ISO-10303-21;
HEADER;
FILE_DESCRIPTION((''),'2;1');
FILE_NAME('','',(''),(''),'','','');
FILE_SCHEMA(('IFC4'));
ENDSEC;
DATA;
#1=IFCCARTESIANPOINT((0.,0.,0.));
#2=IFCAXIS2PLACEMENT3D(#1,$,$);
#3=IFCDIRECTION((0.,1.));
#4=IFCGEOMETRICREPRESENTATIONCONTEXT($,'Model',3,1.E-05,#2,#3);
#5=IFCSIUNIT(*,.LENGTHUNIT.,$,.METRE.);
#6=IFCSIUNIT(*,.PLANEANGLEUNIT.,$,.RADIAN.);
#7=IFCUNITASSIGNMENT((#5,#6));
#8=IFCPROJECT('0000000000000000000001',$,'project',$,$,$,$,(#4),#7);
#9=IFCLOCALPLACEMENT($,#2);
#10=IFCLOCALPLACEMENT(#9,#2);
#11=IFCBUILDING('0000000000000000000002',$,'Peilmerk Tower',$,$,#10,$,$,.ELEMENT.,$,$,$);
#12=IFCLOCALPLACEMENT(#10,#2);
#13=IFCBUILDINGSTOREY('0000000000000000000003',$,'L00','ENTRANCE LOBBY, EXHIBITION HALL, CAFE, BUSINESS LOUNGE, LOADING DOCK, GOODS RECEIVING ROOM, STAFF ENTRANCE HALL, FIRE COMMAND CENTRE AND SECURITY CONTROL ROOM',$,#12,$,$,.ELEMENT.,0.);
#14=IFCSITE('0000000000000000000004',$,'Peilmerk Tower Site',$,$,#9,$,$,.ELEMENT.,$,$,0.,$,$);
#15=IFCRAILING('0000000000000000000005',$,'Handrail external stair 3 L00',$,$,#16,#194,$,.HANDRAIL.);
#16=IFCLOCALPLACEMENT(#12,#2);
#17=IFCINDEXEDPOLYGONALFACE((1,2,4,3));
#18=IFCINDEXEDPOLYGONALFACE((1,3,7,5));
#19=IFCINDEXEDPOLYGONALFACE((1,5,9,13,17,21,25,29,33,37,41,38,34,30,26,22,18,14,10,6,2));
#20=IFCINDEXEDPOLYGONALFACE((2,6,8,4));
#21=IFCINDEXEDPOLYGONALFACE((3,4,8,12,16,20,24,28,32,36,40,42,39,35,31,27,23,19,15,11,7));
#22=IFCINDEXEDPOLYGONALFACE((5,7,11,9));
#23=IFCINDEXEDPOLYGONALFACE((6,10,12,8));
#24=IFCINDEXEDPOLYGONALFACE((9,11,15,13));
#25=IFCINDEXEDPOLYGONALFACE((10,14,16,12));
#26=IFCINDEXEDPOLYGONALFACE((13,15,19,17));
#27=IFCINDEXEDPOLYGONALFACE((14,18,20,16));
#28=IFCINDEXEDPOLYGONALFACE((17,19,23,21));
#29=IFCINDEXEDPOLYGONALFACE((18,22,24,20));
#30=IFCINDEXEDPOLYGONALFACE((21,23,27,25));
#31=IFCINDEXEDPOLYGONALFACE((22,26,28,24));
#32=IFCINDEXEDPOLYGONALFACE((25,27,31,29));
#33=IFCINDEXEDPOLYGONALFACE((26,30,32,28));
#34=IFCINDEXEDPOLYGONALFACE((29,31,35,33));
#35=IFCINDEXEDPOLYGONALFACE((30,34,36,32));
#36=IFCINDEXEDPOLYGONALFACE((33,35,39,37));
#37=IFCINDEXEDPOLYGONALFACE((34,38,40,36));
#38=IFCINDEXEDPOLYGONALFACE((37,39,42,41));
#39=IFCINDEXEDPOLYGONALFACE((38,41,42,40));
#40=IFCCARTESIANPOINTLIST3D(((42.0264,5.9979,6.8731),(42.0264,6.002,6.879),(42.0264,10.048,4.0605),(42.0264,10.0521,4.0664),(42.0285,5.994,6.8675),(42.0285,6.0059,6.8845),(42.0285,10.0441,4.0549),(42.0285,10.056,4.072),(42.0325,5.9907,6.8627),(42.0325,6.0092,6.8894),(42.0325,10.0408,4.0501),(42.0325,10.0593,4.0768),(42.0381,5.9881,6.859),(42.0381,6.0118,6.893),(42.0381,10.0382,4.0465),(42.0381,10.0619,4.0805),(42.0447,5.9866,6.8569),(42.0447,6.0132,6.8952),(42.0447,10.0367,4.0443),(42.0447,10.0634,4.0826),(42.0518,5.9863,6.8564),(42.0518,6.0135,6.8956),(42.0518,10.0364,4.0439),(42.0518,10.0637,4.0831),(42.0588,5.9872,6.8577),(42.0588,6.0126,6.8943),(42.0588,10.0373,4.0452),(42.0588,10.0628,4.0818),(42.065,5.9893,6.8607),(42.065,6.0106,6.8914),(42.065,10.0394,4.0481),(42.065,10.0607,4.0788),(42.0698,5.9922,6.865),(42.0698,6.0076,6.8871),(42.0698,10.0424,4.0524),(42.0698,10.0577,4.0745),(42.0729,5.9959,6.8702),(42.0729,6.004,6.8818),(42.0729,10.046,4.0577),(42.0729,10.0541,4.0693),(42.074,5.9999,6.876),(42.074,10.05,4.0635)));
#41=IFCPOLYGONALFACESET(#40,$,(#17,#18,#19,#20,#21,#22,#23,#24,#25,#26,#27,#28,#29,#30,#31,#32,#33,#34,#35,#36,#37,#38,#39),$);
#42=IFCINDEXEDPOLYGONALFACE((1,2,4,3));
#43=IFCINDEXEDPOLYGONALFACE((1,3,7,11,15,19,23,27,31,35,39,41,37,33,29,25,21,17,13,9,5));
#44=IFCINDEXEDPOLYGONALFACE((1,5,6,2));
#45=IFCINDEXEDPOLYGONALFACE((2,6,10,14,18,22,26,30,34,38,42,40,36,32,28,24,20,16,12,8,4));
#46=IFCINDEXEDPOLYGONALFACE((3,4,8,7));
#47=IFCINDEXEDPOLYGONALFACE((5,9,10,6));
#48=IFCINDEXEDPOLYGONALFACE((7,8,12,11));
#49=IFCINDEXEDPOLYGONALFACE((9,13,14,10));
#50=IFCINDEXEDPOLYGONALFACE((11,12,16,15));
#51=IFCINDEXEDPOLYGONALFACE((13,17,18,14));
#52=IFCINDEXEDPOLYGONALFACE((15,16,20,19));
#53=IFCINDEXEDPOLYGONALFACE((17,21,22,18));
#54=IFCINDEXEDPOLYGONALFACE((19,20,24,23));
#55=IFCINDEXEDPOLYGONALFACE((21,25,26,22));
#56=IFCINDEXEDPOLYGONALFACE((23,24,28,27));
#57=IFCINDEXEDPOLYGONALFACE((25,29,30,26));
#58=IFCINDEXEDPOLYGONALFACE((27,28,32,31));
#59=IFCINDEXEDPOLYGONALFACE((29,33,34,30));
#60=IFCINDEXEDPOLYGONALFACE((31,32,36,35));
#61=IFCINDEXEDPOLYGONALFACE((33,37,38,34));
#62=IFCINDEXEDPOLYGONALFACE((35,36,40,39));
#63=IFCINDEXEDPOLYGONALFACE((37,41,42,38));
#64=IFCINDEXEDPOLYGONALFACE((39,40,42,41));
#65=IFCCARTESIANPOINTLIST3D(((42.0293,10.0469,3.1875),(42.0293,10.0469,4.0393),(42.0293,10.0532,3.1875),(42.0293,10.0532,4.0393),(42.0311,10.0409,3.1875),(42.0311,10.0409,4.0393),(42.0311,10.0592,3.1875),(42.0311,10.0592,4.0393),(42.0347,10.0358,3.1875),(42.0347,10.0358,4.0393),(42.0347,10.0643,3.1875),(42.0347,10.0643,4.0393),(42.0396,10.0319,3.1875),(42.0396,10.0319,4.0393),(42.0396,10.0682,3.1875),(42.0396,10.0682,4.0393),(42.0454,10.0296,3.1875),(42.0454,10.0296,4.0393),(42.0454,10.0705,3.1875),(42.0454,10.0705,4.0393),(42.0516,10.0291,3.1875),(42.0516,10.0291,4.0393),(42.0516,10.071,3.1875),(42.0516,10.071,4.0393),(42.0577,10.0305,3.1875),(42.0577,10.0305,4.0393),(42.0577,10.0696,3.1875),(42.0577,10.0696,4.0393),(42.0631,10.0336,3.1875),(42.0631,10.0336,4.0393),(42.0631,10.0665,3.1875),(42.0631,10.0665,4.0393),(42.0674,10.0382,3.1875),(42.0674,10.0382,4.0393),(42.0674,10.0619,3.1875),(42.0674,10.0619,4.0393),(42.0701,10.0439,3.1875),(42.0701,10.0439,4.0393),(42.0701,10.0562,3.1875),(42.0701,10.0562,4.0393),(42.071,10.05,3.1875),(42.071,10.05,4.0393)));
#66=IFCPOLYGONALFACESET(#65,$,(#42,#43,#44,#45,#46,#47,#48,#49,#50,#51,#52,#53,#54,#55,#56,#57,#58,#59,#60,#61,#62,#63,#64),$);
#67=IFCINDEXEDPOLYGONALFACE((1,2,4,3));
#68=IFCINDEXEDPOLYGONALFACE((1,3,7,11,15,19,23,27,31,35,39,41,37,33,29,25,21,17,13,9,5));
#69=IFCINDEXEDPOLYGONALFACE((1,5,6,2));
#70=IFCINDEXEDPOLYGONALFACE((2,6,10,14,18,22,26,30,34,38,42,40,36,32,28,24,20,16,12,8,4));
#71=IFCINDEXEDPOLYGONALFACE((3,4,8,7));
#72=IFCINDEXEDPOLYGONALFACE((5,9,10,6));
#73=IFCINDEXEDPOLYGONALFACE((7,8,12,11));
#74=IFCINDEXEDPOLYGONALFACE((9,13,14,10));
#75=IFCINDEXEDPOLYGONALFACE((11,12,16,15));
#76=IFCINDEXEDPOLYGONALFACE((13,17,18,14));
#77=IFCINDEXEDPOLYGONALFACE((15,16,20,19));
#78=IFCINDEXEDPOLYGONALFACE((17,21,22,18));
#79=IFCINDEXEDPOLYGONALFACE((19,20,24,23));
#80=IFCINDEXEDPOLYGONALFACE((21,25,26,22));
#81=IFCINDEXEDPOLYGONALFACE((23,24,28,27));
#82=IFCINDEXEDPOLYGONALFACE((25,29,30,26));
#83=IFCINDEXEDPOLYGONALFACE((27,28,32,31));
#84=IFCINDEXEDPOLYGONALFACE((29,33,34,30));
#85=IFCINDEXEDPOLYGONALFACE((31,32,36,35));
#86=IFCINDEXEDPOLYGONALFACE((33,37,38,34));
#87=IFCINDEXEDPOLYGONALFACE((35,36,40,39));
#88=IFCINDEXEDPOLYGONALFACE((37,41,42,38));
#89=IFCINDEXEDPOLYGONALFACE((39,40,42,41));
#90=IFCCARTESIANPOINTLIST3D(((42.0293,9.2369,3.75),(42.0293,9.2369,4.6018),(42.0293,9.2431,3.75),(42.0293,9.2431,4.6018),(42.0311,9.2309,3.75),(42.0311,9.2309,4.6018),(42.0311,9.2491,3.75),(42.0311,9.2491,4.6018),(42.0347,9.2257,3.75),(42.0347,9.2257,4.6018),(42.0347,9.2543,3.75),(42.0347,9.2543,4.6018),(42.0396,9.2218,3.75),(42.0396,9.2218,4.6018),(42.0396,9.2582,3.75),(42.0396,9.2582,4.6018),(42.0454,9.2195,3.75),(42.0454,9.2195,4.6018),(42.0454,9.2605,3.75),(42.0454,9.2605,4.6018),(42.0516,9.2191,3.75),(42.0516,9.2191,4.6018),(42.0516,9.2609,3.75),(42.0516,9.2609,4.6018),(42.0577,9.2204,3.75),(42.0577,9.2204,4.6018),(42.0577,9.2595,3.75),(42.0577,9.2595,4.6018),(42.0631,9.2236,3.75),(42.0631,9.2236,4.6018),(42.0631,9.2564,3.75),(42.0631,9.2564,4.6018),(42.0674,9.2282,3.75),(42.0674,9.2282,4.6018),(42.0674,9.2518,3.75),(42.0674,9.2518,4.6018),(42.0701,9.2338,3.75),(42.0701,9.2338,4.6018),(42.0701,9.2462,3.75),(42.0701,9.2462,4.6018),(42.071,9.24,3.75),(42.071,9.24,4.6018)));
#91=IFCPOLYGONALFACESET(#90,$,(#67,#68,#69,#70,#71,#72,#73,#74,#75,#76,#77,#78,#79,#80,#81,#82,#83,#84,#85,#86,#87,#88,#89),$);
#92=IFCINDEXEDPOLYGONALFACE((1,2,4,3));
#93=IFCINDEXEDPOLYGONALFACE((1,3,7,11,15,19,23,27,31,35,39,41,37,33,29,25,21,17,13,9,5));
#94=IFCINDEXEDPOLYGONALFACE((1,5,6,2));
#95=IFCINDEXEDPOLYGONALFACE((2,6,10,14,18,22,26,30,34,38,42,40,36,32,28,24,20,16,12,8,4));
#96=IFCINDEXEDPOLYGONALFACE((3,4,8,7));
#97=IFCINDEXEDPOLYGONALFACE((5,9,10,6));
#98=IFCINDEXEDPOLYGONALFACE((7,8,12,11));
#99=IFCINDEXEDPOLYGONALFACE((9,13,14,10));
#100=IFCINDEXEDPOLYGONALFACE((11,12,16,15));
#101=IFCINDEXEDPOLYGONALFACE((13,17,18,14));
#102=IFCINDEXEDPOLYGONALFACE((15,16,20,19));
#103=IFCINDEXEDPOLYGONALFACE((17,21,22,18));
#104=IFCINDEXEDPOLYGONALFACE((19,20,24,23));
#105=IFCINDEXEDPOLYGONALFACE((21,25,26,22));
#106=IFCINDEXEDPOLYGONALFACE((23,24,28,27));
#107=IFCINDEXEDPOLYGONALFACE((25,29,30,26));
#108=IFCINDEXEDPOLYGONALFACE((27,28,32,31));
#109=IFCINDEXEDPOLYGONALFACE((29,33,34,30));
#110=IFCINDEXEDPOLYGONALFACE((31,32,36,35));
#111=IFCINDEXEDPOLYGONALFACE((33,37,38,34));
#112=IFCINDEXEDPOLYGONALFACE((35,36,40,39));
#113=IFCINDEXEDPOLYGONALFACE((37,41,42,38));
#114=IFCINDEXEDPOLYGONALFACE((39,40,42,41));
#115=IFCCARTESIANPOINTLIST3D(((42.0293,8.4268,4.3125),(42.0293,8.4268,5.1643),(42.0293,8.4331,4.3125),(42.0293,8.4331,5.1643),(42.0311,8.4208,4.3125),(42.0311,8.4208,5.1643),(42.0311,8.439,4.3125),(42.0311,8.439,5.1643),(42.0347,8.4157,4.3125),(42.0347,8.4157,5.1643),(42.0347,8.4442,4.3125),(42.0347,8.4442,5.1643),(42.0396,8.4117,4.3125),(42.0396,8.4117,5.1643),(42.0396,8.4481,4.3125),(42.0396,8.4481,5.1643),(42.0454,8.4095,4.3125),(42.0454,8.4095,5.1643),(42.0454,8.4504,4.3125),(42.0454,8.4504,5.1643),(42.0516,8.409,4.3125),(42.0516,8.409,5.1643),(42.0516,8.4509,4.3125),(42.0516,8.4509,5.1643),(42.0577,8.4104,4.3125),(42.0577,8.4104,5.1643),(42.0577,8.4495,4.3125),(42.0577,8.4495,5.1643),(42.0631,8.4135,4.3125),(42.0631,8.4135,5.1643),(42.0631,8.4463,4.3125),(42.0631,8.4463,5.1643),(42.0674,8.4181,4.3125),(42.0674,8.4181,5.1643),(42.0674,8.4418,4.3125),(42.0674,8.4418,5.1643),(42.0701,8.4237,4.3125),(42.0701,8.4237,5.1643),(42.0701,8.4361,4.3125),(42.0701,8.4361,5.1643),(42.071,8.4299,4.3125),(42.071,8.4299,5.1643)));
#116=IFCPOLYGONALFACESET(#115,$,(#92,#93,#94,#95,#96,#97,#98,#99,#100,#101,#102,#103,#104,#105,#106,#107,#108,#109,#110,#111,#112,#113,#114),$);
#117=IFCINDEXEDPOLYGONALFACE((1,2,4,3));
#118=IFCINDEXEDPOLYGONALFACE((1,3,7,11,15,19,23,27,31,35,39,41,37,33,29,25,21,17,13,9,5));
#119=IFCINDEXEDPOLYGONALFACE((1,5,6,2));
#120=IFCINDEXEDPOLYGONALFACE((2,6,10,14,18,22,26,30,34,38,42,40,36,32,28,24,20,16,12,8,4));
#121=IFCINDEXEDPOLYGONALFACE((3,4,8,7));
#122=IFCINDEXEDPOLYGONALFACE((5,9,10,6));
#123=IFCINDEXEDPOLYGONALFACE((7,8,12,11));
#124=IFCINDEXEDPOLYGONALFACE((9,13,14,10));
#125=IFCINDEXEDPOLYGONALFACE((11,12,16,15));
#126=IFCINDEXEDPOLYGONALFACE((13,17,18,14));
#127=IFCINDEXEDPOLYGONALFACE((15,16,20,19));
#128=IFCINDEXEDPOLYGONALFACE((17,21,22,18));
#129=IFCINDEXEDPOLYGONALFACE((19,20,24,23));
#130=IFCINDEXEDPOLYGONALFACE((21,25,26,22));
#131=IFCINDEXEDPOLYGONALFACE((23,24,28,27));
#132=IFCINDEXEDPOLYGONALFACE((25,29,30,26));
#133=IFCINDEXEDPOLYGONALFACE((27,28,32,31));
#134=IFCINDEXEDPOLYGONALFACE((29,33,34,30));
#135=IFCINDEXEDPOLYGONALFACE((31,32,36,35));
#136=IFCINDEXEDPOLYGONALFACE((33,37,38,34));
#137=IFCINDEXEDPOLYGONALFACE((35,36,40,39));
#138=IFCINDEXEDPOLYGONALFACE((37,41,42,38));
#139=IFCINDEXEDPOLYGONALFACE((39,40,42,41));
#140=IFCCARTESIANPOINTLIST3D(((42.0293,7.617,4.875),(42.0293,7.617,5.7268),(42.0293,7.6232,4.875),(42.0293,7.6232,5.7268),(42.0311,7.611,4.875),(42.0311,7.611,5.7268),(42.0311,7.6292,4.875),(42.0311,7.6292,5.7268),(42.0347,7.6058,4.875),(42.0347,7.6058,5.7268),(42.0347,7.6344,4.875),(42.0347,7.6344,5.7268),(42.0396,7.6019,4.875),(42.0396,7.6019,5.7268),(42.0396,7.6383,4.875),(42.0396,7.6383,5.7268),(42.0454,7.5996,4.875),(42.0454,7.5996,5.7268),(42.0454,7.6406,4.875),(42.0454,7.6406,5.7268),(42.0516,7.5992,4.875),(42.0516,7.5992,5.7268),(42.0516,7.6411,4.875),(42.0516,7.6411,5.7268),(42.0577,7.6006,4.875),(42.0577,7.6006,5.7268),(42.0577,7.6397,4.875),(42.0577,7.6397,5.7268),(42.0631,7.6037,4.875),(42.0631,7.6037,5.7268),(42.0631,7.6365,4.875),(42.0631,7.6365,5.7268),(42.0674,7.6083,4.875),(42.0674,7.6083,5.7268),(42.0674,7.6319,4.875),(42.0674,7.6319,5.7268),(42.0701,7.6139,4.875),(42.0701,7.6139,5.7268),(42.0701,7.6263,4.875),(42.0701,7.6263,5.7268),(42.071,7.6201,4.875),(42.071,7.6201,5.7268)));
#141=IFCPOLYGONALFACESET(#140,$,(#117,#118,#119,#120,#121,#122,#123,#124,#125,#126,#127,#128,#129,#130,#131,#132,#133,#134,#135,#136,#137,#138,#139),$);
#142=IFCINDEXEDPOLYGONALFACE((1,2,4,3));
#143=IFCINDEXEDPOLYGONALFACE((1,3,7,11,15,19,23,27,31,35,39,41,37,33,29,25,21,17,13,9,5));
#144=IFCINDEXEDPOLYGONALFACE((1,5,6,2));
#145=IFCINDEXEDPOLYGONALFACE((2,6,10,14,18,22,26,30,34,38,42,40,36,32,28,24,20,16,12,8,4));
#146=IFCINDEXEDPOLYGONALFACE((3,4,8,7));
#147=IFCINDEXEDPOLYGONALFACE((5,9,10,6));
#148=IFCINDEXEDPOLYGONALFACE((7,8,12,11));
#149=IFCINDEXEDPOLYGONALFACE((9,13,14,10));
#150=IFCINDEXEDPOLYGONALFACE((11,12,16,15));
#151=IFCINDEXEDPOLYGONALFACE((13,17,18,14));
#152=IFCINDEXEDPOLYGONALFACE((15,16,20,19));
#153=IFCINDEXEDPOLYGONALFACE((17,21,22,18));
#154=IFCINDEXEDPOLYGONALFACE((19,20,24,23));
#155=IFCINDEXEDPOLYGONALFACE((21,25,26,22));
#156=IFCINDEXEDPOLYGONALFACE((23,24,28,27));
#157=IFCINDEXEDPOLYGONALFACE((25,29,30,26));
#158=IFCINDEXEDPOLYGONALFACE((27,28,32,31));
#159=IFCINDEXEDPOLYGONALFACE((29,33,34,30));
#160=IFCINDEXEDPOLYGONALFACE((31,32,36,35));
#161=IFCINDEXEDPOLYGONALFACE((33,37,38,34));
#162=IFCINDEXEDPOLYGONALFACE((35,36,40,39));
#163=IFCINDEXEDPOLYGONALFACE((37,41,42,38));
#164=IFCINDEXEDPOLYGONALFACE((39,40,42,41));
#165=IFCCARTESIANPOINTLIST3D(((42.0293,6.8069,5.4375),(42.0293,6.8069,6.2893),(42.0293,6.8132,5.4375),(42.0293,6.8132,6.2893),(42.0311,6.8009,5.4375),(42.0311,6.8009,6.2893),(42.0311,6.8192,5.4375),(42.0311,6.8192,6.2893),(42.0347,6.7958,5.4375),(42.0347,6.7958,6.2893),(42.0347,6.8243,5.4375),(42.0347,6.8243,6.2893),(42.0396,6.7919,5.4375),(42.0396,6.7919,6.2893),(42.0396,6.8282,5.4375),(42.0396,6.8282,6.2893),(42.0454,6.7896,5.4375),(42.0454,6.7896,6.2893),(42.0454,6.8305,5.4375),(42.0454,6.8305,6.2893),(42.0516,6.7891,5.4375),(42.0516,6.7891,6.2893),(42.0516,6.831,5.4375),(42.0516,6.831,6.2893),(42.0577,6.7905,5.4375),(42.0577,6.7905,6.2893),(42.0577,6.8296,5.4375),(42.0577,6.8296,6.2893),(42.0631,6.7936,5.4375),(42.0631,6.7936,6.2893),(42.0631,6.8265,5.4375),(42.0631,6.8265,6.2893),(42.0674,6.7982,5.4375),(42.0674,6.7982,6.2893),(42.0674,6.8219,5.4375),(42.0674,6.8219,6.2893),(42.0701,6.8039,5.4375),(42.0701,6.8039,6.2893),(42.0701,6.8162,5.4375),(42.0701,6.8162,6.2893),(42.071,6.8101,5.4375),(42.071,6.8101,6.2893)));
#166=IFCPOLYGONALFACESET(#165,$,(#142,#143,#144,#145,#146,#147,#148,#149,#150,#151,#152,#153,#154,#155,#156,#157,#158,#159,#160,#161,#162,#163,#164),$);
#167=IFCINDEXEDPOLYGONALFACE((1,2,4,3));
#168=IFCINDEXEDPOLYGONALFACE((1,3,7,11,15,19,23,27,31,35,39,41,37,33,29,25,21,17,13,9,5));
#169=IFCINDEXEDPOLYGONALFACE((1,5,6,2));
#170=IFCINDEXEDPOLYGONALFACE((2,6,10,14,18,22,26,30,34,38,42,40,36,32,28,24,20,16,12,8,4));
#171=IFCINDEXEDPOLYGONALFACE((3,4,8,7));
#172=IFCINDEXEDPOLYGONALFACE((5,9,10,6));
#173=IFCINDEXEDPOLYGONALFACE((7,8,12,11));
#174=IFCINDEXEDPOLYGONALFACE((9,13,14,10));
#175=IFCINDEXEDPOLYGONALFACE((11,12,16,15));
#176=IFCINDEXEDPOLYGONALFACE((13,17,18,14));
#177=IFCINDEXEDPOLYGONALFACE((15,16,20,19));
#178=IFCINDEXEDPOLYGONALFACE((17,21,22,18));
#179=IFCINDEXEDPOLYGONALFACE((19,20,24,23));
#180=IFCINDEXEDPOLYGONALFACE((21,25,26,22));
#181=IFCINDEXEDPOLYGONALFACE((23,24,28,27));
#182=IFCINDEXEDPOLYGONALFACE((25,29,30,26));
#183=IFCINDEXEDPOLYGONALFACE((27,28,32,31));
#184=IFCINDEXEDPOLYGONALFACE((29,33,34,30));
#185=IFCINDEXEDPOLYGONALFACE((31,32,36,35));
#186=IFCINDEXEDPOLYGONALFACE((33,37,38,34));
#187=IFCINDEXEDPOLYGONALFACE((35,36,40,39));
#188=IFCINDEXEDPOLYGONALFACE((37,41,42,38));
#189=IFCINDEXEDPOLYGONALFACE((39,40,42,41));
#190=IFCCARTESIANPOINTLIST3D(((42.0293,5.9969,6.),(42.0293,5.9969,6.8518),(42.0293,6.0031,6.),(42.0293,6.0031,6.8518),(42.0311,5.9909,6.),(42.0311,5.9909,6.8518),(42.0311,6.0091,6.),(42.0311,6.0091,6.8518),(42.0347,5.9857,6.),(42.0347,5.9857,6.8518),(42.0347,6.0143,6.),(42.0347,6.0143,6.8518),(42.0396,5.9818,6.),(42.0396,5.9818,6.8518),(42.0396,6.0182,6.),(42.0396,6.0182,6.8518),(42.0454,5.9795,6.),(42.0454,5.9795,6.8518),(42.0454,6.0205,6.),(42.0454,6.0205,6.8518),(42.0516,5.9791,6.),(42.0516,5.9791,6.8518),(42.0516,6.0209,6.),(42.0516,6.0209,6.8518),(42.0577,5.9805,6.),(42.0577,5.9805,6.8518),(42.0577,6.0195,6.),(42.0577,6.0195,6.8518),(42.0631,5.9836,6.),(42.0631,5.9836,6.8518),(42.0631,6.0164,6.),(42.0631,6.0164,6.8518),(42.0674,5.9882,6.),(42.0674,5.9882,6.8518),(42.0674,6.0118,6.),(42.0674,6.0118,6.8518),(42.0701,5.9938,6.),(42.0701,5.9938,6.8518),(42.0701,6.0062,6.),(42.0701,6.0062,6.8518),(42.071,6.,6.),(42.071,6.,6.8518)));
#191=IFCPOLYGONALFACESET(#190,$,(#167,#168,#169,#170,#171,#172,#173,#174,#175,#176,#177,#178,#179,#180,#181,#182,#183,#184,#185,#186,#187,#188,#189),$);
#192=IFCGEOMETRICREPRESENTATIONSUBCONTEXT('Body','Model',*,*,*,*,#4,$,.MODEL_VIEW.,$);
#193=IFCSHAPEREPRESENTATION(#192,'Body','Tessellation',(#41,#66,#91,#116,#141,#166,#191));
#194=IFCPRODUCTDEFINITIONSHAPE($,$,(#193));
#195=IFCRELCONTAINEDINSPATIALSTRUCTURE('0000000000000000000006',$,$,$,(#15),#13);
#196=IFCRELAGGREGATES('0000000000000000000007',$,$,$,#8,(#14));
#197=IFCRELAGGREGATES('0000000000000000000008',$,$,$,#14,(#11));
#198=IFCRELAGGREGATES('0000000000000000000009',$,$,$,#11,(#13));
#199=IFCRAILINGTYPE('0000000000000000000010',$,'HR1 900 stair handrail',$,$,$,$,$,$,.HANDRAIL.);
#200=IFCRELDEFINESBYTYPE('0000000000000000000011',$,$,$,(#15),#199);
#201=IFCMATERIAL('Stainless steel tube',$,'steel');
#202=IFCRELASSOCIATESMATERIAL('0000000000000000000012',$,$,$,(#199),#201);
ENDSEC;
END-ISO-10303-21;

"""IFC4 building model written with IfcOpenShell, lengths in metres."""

from ifc_helpers import new_model, si_unit, direction, frame, origin, origin_2d, place, context, subcontext, project, spatial, circle, extrude, material, type_object, element, save


model = new_model("IFC4")

# Units and contexts
model_context = context("Model", 3, precision=1e-05, world=origin(), true_north=direction((0.0, 1.0)))
body_context = subcontext(model_context, "Body", "Model", "MODEL_VIEW")
ifc_project = project(units=[si_unit("LENGTHUNIT", "METRE"), si_unit("PLANEANGLEUNIT", "RADIAN")], contexts=[model_context])

# Site, building, storey
site_placement = place(None, origin())
site = spatial("IfcSite", under=ifc_project, at=site_placement, Name="Peilmerk Tower Site", CompositionType="ELEMENT", RefElevation=0.0)
building_placement = place(site_placement, origin())
building = spatial("IfcBuilding", under=site, at=building_placement, Name="Peilmerk Tower", CompositionType="ELEMENT")
storey_placement = place(building_placement, origin())
storey = spatial("IfcBuildingStorey", under=building, at=storey_placement, Name="L00", Description="ENTRANCE LOBBY, EXHIBITION HALL, CAFE, BUSINESS LOUNGE, LOADING DOCK, GOODS RECEIVING ROOM, STAFF ENTRANCE HALL, FIRE COMMAND CENTRE AND SECURITY CONTROL ROOM", CompositionType="ELEMENT", Elevation=0.0)

# Railing
ifc_material_1 = material(Name="Stainless steel tube", Category="steel")
railing_type_1 = type_object("IfcRailingType", Name="HR1 900 stair handrail", PredefinedType="HANDRAIL", material=ifc_material_1)
for number, where, name in (
    (1, (42.05, 10.05, 3.1875), "Handrail external stair 3 L00"),
):
    element("IfcRailing", number, at=place(storey_placement, frame(where)), inside=storey, type_object=railing_type_1, Name=name, PredefinedType="HANDRAIL", context=body_context, shape_type="SweptSolid", body=[
        extrude(circle(Radius=0.0239, at=origin_2d()), frame((0.0, 0.0, 0.876), z_axis=(0.0, -0.821373, 0.570391), x_axis=(1.0, 0.0, 0.0)), (0.0, 0.0, 1.0), 4.9309),
        extrude(circle(Radius=0.021, at=origin_2d()), origin(), (0.0, 0.0, 1.0), 0.8518),
        extrude(circle(Radius=0.021, at=origin_2d()), frame((0.0, -0.8101, 0.5625)), (0.0, 0.0, 1.0), 0.8518),
        extrude(circle(Radius=0.021, at=origin_2d()), frame((0.0, -1.6201, 1.125)), (0.0, 0.0, 1.0), 0.8518),
        extrude(circle(Radius=0.021, at=origin_2d()), frame((0.0, -2.4299, 1.6875)), (0.0, 0.0, 1.0), 0.8518),
        extrude(circle(Radius=0.021, at=origin_2d()), frame((0.0, -3.24, 2.25)), (0.0, 0.0, 1.0), 0.8518),
        extrude(circle(Radius=0.021, at=origin_2d()), frame((0.0, -4.05, 2.8125)), (0.0, 0.0, 1.0), 0.8518),
    ])

save(model, "model.ifc")
